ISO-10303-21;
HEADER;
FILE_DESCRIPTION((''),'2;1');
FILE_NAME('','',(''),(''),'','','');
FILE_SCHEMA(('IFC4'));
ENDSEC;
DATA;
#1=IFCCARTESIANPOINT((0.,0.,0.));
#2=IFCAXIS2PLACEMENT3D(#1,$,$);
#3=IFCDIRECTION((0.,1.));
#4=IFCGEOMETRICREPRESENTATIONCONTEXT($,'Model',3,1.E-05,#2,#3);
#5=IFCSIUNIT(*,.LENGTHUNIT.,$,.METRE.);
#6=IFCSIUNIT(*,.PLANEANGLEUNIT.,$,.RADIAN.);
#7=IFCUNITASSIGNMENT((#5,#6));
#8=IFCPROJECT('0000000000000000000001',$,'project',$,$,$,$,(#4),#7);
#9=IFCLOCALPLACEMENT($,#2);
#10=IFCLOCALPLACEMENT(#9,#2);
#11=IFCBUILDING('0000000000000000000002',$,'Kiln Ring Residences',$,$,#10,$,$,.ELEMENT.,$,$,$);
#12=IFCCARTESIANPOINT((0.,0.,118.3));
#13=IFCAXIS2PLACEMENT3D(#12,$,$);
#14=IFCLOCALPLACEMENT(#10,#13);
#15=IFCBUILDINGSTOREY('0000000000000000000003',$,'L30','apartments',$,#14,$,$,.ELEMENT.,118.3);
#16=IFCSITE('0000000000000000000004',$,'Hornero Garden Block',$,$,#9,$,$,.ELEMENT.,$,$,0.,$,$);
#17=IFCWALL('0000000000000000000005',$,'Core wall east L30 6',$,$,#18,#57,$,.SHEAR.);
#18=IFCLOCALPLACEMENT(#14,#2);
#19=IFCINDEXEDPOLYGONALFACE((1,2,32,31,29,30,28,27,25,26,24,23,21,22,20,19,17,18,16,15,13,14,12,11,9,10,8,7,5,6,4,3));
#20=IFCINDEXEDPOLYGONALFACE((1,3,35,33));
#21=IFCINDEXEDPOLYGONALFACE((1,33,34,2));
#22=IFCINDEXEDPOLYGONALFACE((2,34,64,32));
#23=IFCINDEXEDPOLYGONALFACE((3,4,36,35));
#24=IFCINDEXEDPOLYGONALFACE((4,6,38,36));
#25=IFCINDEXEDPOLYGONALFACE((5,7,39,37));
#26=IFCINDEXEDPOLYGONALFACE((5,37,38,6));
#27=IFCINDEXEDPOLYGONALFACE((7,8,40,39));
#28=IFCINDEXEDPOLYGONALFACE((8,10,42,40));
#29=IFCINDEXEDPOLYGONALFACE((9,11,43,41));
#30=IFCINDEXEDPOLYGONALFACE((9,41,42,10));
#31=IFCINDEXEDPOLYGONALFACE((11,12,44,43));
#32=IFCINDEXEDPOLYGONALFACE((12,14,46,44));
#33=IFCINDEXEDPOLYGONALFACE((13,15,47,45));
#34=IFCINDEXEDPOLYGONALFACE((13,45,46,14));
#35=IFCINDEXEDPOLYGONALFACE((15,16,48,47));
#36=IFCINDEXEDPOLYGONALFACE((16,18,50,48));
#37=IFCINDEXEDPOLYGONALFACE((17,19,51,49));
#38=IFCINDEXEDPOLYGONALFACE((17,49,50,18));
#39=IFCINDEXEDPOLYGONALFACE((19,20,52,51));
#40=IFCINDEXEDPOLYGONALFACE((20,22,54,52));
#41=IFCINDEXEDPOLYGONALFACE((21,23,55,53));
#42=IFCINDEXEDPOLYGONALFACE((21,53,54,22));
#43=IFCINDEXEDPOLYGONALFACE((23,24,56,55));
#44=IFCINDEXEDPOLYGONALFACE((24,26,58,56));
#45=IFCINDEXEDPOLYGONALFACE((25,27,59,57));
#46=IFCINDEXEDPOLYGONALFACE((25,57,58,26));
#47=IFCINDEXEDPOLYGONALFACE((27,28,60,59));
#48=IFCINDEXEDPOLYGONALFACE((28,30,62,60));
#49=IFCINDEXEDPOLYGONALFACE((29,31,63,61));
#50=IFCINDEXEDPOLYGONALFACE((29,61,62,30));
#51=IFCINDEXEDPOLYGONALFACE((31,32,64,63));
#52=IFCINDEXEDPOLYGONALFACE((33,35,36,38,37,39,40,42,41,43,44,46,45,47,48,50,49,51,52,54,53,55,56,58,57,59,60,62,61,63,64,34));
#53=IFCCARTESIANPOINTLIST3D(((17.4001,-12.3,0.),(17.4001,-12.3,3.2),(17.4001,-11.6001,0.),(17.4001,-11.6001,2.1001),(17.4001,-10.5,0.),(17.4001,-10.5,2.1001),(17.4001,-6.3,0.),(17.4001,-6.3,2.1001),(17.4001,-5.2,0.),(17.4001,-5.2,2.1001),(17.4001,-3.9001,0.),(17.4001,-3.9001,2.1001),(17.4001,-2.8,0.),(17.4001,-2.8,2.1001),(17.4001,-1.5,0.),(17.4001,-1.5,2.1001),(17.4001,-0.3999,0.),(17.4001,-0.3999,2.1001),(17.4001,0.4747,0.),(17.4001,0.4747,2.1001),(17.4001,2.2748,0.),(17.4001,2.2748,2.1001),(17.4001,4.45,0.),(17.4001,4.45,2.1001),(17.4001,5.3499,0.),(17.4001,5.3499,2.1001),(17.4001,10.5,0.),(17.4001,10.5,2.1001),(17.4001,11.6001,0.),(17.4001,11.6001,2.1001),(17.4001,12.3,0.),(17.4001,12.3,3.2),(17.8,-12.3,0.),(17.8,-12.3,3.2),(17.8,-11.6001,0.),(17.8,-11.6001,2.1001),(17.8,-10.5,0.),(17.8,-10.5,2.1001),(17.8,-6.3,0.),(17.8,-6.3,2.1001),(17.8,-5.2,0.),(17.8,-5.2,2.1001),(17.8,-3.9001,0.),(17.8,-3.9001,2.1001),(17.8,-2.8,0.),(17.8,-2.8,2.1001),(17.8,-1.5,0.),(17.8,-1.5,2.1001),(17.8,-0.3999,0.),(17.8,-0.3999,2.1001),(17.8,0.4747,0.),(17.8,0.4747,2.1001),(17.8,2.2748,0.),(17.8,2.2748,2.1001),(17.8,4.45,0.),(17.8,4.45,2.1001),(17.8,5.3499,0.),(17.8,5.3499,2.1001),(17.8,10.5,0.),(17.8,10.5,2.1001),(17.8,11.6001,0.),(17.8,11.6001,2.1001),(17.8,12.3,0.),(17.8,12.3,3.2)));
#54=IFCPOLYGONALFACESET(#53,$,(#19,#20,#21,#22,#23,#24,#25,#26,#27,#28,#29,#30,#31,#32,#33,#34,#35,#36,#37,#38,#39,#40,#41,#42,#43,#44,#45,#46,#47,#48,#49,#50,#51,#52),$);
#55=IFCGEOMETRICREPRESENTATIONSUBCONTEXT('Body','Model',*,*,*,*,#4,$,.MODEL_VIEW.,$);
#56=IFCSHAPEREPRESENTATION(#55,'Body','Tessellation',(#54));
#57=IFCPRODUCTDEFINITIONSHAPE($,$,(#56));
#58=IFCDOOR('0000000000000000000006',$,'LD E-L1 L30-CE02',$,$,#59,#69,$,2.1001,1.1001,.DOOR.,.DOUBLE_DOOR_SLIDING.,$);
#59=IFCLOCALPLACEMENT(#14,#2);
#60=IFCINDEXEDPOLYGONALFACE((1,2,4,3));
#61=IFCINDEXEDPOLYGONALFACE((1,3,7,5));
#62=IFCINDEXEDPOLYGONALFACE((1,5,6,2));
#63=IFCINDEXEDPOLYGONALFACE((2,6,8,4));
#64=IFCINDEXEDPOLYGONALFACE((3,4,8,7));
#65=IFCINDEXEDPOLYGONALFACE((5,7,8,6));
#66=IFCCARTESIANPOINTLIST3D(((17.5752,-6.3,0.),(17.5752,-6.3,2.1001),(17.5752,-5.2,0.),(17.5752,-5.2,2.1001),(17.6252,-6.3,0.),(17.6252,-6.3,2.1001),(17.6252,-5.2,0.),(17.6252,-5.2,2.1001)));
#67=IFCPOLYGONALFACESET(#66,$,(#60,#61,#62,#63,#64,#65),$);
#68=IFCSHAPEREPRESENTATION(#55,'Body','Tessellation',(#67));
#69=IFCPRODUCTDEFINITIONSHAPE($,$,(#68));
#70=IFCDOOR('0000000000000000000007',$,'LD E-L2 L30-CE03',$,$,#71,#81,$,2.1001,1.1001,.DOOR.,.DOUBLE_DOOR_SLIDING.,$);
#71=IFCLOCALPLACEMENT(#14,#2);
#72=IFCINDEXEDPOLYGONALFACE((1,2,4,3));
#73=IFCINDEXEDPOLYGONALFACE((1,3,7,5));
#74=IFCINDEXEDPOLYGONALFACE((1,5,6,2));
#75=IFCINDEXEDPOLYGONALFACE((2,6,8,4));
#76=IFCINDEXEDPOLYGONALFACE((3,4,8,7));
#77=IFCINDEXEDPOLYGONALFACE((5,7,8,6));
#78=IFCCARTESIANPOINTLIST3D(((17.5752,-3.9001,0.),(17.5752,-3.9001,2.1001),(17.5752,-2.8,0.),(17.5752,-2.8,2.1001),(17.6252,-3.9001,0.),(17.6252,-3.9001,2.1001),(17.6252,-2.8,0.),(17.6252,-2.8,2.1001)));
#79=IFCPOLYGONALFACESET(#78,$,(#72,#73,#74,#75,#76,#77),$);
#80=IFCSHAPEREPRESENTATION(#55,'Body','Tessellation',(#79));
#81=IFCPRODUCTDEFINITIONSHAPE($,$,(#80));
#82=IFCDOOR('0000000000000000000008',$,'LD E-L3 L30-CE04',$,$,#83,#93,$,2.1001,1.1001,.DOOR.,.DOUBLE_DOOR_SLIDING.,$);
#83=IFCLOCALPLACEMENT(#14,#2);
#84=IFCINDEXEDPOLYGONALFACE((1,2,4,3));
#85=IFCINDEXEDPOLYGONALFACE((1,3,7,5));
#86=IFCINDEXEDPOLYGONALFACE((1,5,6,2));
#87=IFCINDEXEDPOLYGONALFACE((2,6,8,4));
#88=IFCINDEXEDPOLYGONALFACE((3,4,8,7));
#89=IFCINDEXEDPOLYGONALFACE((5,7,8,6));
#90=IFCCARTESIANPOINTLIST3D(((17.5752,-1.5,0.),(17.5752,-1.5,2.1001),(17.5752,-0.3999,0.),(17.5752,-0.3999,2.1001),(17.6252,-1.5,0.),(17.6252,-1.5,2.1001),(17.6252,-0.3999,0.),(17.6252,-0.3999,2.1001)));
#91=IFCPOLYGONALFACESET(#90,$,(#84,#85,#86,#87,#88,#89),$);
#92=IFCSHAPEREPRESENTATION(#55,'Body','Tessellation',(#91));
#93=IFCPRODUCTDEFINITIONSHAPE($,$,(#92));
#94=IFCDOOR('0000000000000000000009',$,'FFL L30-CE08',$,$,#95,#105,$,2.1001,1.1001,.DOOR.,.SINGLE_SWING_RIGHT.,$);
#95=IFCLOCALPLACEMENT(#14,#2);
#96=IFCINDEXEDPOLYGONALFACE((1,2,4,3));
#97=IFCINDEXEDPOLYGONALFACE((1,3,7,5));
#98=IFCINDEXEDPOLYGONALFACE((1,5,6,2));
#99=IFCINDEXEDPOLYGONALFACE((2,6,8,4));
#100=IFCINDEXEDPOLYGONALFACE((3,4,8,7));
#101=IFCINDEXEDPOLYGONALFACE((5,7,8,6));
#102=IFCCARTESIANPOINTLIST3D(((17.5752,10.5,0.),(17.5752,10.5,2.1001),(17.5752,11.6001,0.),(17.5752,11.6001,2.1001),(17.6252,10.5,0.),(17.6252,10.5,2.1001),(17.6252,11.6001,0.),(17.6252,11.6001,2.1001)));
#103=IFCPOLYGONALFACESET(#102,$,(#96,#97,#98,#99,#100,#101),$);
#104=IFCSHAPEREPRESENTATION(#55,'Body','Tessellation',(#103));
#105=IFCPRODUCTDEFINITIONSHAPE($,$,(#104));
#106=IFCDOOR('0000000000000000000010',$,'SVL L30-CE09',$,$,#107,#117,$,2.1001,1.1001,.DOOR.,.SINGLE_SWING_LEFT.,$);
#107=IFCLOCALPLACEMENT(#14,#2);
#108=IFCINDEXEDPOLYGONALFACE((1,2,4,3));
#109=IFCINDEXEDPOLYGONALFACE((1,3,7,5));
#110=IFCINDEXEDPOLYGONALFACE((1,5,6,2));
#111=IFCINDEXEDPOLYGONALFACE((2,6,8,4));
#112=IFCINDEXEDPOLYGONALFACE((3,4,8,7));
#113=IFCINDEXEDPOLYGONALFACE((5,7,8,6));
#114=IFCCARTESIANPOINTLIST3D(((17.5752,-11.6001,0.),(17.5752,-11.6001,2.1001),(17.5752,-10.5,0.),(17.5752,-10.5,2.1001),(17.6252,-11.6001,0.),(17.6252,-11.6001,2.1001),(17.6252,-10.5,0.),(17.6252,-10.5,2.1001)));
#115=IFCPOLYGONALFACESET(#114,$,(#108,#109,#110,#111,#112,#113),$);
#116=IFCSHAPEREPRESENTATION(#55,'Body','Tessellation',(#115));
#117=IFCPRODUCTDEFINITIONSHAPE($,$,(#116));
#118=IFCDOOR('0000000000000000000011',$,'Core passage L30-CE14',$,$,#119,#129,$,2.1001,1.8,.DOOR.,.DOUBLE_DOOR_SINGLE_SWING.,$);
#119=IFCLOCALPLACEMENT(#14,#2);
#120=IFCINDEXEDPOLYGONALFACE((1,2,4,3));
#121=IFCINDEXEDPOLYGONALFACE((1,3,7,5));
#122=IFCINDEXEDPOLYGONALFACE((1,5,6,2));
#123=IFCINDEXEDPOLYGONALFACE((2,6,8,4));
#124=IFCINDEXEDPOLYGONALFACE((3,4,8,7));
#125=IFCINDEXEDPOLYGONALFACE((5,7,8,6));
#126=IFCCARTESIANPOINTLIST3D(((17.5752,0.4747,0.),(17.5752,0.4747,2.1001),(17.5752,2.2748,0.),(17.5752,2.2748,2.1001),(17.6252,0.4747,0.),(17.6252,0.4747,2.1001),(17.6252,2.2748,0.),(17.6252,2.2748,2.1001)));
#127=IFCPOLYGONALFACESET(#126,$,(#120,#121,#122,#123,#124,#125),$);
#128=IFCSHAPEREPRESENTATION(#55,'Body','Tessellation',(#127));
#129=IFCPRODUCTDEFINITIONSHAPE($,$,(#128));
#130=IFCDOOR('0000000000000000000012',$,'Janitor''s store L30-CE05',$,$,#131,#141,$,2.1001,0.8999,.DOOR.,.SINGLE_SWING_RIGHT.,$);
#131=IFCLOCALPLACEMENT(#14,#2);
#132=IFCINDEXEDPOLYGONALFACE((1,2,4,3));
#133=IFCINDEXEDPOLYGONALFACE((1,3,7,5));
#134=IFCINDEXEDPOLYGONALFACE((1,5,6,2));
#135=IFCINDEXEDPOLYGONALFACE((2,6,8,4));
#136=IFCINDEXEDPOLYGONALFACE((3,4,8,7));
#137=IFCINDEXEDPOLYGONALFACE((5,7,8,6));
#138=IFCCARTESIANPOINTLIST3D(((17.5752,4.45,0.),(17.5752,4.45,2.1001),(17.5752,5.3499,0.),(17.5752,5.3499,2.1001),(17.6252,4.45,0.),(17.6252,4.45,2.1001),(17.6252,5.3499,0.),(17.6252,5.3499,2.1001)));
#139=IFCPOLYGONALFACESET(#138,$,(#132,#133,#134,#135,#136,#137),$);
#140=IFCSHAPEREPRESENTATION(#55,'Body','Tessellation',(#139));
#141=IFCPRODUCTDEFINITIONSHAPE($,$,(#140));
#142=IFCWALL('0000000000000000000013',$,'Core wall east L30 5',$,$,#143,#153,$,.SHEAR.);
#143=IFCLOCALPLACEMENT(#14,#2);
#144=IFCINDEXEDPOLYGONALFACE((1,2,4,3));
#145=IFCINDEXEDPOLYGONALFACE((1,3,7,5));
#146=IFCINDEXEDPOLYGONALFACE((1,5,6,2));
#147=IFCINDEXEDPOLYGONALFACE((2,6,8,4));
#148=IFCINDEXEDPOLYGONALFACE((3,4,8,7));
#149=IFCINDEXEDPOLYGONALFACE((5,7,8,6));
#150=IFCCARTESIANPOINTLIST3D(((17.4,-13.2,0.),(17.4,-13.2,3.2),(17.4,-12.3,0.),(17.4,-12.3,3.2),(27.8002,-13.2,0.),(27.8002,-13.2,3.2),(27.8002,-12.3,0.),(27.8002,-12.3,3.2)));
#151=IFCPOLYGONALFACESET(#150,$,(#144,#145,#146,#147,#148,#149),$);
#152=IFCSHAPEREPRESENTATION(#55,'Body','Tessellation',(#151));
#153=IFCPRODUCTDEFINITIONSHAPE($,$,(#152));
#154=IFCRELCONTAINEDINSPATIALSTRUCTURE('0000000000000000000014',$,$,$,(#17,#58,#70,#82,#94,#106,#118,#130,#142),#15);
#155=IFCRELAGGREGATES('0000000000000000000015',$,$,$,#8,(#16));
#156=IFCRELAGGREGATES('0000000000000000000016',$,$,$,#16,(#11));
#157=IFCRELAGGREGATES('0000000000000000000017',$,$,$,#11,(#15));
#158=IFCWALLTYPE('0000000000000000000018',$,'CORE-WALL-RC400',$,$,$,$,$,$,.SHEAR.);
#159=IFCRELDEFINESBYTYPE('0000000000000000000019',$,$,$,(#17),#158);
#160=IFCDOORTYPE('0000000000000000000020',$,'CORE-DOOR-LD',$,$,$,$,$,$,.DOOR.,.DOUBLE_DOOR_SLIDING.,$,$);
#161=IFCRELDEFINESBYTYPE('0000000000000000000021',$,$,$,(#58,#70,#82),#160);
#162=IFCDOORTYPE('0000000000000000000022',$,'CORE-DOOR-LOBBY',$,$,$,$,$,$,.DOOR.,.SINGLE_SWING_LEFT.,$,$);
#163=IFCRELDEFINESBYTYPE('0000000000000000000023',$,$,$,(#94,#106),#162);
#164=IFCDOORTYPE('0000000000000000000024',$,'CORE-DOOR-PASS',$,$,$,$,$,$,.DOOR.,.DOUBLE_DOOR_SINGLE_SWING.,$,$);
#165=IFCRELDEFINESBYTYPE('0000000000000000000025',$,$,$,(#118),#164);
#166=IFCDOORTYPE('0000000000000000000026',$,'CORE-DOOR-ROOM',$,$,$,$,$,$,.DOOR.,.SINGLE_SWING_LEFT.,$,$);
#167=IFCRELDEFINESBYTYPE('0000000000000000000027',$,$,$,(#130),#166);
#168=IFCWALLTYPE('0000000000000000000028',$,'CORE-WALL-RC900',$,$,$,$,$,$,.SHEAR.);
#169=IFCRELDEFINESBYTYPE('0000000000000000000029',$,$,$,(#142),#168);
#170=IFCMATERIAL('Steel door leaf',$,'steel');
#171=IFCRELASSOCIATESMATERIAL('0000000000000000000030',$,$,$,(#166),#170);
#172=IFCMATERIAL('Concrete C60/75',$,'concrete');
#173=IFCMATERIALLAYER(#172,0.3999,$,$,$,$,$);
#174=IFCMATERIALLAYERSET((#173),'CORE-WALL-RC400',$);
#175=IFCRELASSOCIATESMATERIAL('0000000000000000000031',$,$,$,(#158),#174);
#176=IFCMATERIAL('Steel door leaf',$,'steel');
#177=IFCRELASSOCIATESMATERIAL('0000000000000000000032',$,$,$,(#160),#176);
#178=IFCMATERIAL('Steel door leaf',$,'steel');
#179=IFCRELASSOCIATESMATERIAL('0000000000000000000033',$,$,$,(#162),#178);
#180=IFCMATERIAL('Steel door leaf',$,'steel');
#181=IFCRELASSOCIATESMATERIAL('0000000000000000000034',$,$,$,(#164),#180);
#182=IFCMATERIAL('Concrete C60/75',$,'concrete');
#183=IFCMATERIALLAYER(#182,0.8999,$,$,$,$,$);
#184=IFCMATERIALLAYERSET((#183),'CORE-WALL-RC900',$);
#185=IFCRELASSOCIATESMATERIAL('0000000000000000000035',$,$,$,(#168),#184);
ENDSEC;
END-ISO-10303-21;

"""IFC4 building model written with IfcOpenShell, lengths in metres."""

from ifc_helpers import new_model, si_unit, direction, frame, frame_2d, origin, place, context, subcontext, project, spatial, rectangle, extrude, material, layer, layer_set, type_object, element, fill, save


model = new_model("IFC4")

# Units and contexts
model_context = context("Model", 3, precision=1e-05, world=origin(), true_north=direction((0.0, 1.0)))
body_context = subcontext(model_context, "Body", "Model", "MODEL_VIEW")
ifc_project = project(units=[si_unit("LENGTHUNIT", "METRE"), si_unit("PLANEANGLEUNIT", "RADIAN")], contexts=[model_context])

# Site, building, storey
site_placement = place(None, origin())
site = spatial("IfcSite", under=ifc_project, at=site_placement, Name="Hornero Garden Block", CompositionType="ELEMENT", RefElevation=0.0)
building_placement = place(site_placement, origin())
building = spatial("IfcBuilding", under=site, at=building_placement, Name="Kiln Ring Residences", CompositionType="ELEMENT")
storey_placement = place(building_placement, frame((0.0, 0.0, 118.3)))
storey = spatial("IfcBuildingStorey", under=building, at=storey_placement, Name="L30", Description="apartments", CompositionType="ELEMENT", Elevation=118.3)

# Shared definitions
ifc_material_1 = material(Name="Steel door leaf", Category="steel")
door_type_1 = type_object("IfcDoorType", Name="CORE-DOOR-ROOM", OperationType="SINGLE_SWING_LEFT", PredefinedType="DOOR", material=ifc_material_1)

# Wall, openings, doors
ifc_material_2 = material(Name="Concrete C60/75", Category="concrete")
ifc_layer_1 = layer(ifc_material_2, 0.3999)
ifc_layer_set_1 = layer_set([ifc_layer_1], Name="CORE-WALL-RC400")
wall_type_1 = type_object("IfcWallType", Name="CORE-WALL-RC400", PredefinedType="SHEAR", material=ifc_layer_set_1)
wall_1_placement = place(storey_placement, frame((17.6001, -12.3, 0.0), z_axis=(0.0, 0.0, 1.0), x_axis=(0.0, 1.0, 0.0)))
wall_1 = element("IfcWall", 1, at=wall_1_placement, inside=storey, type_object=wall_type_1, Name="Core wall east L30 6", PredefinedType="SHEAR", context=body_context, shape_type="SweptSolid", body=[
    extrude(rectangle(XDim=24.6001, YDim=0.3999, at=frame_2d((12.3, 0.0))), origin(), (0.0, 0.0, 1.0), 3.2),
])
opening_1_placement = place(wall_1_placement, frame((6.0, 0.0, 0.0)))
opening_1 = element("IfcOpeningElement", 2, at=opening_1_placement, cuts=wall_1, PredefinedType="OPENING", context=body_context, shape_type="SweptSolid", body=[
    extrude(rectangle(XDim=1.1001, YDim=2.1001, at=frame_2d((0.55, 1.05))), frame((0.0, 0.21, 0.0), z_axis=(0.0, -1.0, 0.0), x_axis=(1.0, 0.0, 0.0)), (0.0, 0.0, 1.0), 0.4199),
])
opening_2_placement = place(wall_1_placement, frame((8.3999, 0.0, 0.0)))
opening_2 = element("IfcOpeningElement", 3, at=opening_2_placement, cuts=wall_1, PredefinedType="OPENING", context=body_context, shape_type="SweptSolid", body=[
    extrude(rectangle(XDim=1.1001, YDim=2.1001, at=frame_2d((0.55, 1.05))), frame((0.0, 0.21, 0.0), z_axis=(0.0, -1.0, 0.0), x_axis=(1.0, 0.0, 0.0)), (0.0, 0.0, 1.0), 0.4199),
])
opening_3_placement = place(wall_1_placement, frame((10.8, 0.0, 0.0)))
opening_3 = element("IfcOpeningElement", 4, at=opening_3_placement, cuts=wall_1, PredefinedType="OPENING", context=body_context, shape_type="SweptSolid", body=[
    extrude(rectangle(XDim=1.1001, YDim=2.1001, at=frame_2d((0.55, 1.05))), frame((0.0, 0.21, 0.0), z_axis=(0.0, -1.0, 0.0), x_axis=(1.0, 0.0, 0.0)), (0.0, 0.0, 1.0), 0.4199),
])
opening_4_placement = place(wall_1_placement, frame((16.75, 0.0, 0.0)))
opening_4 = element("IfcOpeningElement", 5, at=opening_4_placement, cuts=wall_1, PredefinedType="OPENING", context=body_context, shape_type="SweptSolid", body=[
    extrude(rectangle(XDim=0.8999, YDim=2.1001, at=frame_2d((0.45, 1.05))), frame((0.0, 0.21, 0.0), z_axis=(0.0, -1.0, 0.0), x_axis=(1.0, 0.0, 0.0)), (0.0, 0.0, 1.0), 0.4199),
])
opening_5_placement = place(wall_1_placement, frame((22.8, 0.0, 0.0)))
opening_5 = element("IfcOpeningElement", 6, at=opening_5_placement, cuts=wall_1, PredefinedType="OPENING", context=body_context, shape_type="SweptSolid", body=[
    extrude(rectangle(XDim=1.1001, YDim=2.1001, at=frame_2d((0.55, 1.05))), frame((0.0, 0.21, 0.0), z_axis=(0.0, -1.0, 0.0), x_axis=(1.0, 0.0, 0.0)), (0.0, 0.0, 1.0), 0.4199),
])
opening_6_placement = place(wall_1_placement, frame((0.7, 0.0, 0.0)))
opening_6 = element("IfcOpeningElement", 7, at=opening_6_placement, cuts=wall_1, PredefinedType="OPENING", context=body_context, shape_type="SweptSolid", body=[
    extrude(rectangle(XDim=1.1001, YDim=2.1001, at=frame_2d((0.55, 1.05))), frame((0.0, 0.21, 0.0), z_axis=(0.0, -1.0, 0.0), x_axis=(1.0, 0.0, 0.0)), (0.0, 0.0, 1.0), 0.4199),
])
opening_7_placement = place(wall_1_placement, frame((12.7749, 0.0, 0.0)))
opening_7 = element("IfcOpeningElement", 8, at=opening_7_placement, cuts=wall_1, PredefinedType="OPENING", context=body_context, shape_type="SweptSolid", body=[
    extrude(rectangle(XDim=1.8, YDim=2.1001, at=frame_2d((0.8999, 1.05))), frame((0.0, 0.21, 0.0), z_axis=(0.0, -1.0, 0.0), x_axis=(1.0, 0.0, 0.0)), (0.0, 0.0, 1.0), 0.4199),
])
ifc_material_3 = material(Name="Steel door leaf", Category="steel")
door_type_2 = type_object("IfcDoorType", Name="CORE-DOOR-LD", OperationType="DOUBLE_DOOR_SLIDING", PredefinedType="DOOR", material=ifc_material_3)
door_1_placement = place(opening_1_placement, origin())
door_1 = element("IfcDoor", 9, at=door_1_placement, inside=storey, type_object=door_type_2, Name="LD E-L1 L30-CE02", OperationType="DOUBLE_DOOR_SLIDING", OverallHeight=2.1001, OverallWidth=1.1001, PredefinedType="DOOR", context=body_context, shape_type="SweptSolid", body=[
    extrude(rectangle(XDim=1.1001, YDim=2.1001, at=frame_2d((0.55, 1.05))), frame((0.0, 0.0249, 0.0), z_axis=(0.0, -1.0, 0.0), x_axis=(1.0, 0.0, 0.0)), (0.0, 0.0, 1.0), 0.05),
])
fill(opening_1, door_1)
door_2_placement = place(opening_2_placement, origin())
door_2 = element("IfcDoor", 10, at=door_2_placement, inside=storey, type_object=door_type_2, Name="LD E-L2 L30-CE03", OperationType="DOUBLE_DOOR_SLIDING", OverallHeight=2.1001, OverallWidth=1.1001, PredefinedType="DOOR", context=body_context, shape_type="SweptSolid", body=[
    extrude(rectangle(XDim=1.1001, YDim=2.1001, at=frame_2d((0.55, 1.05))), frame((0.0, 0.0249, 0.0), z_axis=(0.0, -1.0, 0.0), x_axis=(1.0, 0.0, 0.0)), (0.0, 0.0, 1.0), 0.05),
])
fill(opening_2, door_2)
door_3_placement = place(opening_3_placement, origin())
door_3 = element("IfcDoor", 11, at=door_3_placement, inside=storey, type_object=door_type_2, Name="LD E-L3 L30-CE04", OperationType="DOUBLE_DOOR_SLIDING", OverallHeight=2.1001, OverallWidth=1.1001, PredefinedType="DOOR", context=body_context, shape_type="SweptSolid", body=[
    extrude(rectangle(XDim=1.1001, YDim=2.1001, at=frame_2d((0.55, 1.05))), frame((0.0, 0.0249, 0.0), z_axis=(0.0, -1.0, 0.0), x_axis=(1.0, 0.0, 0.0)), (0.0, 0.0, 1.0), 0.05),
])
fill(opening_3, door_3)
ifc_material_4 = material(Name="Steel door leaf", Category="steel")
door_type_3 = type_object("IfcDoorType", Name="CORE-DOOR-LOBBY", OperationType="SINGLE_SWING_LEFT", PredefinedType="DOOR", material=ifc_material_4)
door_4_placement = place(opening_5_placement, origin())
door_4 = element("IfcDoor", 12, at=door_4_placement, inside=storey, type_object=door_type_3, Name="FFL L30-CE08", OperationType="SINGLE_SWING_RIGHT", OverallHeight=2.1001, OverallWidth=1.1001, PredefinedType="DOOR", context=body_context, shape_type="SweptSolid", body=[
    extrude(rectangle(XDim=1.1001, YDim=2.1001, at=frame_2d((0.55, 1.05))), frame((0.0, 0.0249, 0.0), z_axis=(0.0, -1.0, 0.0), x_axis=(1.0, 0.0, 0.0)), (0.0, 0.0, 1.0), 0.05),
])
fill(opening_5, door_4)
door_5_placement = place(opening_6_placement, origin())
door_5 = element("IfcDoor", 13, at=door_5_placement, inside=storey, type_object=door_type_3, Name="SVL L30-CE09", OperationType="SINGLE_SWING_LEFT", OverallHeight=2.1001, OverallWidth=1.1001, PredefinedType="DOOR", context=body_context, shape_type="SweptSolid", body=[
    extrude(rectangle(XDim=1.1001, YDim=2.1001, at=frame_2d((0.55, 1.05))), frame((0.0, 0.0249, 0.0), z_axis=(0.0, -1.0, 0.0), x_axis=(1.0, 0.0, 0.0)), (0.0, 0.0, 1.0), 0.05),
])
fill(opening_6, door_5)
ifc_material_5 = material(Name="Steel door leaf", Category="steel")
door_type_4 = type_object("IfcDoorType", Name="CORE-DOOR-PASS", OperationType="DOUBLE_DOOR_SINGLE_SWING", PredefinedType="DOOR", material=ifc_material_5)
door_6_placement = place(opening_7_placement, origin())
door_6 = element("IfcDoor", 14, at=door_6_placement, inside=storey, type_object=door_type_4, Name="Core passage L30-CE14", OperationType="DOUBLE_DOOR_SINGLE_SWING", OverallHeight=2.1001, OverallWidth=1.8, PredefinedType="DOOR", context=body_context, shape_type="SweptSolid", body=[
    extrude(rectangle(XDim=1.8, YDim=2.1001, at=frame_2d((0.8999, 1.05))), frame((0.0, 0.0249, 0.0), z_axis=(0.0, -1.0, 0.0), x_axis=(1.0, 0.0, 0.0)), (0.0, 0.0, 1.0), 0.05),
])
fill(opening_7, door_6)
door_7_placement = place(opening_4_placement, origin())
door_7 = element("IfcDoor", 15, at=door_7_placement, inside=storey, type_object=door_type_1, Name="Janitor's store L30-CE05", OperationType="SINGLE_SWING_RIGHT", OverallHeight=2.1001, OverallWidth=0.8999, PredefinedType="DOOR", context=body_context, shape_type="SweptSolid", body=[
    extrude(rectangle(XDim=0.8999, YDim=2.1001, at=frame_2d((0.45, 1.05))), frame((0.0, 0.0249, 0.0), z_axis=(0.0, -1.0, 0.0), x_axis=(1.0, 0.0, 0.0)), (0.0, 0.0, 1.0), 0.05),
])
fill(opening_4, door_7)

# Wall
ifc_material_6 = material(Name="Concrete C60/75", Category="concrete")
ifc_layer_2 = layer(ifc_material_6, 0.8999)
ifc_layer_set_2 = layer_set([ifc_layer_2], Name="CORE-WALL-RC900")
wall_type_2 = type_object("IfcWallType", Name="CORE-WALL-RC900", PredefinedType="SHEAR", material=ifc_layer_set_2)
wall_2_placement = place(storey_placement, frame((17.3999, -12.75, 0.0), z_axis=(0.0, 0.0, 1.0), x_axis=(1.0, 0.0, 0.0)))
element("IfcWall", 16, at=wall_2_placement, inside=storey, type_object=wall_type_2, Name="Core wall east L30 5", PredefinedType="SHEAR", context=body_context, shape_type="SweptSolid", body=[
    extrude(rectangle(XDim=10.4001, YDim=0.8999, at=frame_2d((5.2002, 0.0))), origin(), (0.0, 0.0, 1.0), 3.2),
])

save(model, "model.ifc")
